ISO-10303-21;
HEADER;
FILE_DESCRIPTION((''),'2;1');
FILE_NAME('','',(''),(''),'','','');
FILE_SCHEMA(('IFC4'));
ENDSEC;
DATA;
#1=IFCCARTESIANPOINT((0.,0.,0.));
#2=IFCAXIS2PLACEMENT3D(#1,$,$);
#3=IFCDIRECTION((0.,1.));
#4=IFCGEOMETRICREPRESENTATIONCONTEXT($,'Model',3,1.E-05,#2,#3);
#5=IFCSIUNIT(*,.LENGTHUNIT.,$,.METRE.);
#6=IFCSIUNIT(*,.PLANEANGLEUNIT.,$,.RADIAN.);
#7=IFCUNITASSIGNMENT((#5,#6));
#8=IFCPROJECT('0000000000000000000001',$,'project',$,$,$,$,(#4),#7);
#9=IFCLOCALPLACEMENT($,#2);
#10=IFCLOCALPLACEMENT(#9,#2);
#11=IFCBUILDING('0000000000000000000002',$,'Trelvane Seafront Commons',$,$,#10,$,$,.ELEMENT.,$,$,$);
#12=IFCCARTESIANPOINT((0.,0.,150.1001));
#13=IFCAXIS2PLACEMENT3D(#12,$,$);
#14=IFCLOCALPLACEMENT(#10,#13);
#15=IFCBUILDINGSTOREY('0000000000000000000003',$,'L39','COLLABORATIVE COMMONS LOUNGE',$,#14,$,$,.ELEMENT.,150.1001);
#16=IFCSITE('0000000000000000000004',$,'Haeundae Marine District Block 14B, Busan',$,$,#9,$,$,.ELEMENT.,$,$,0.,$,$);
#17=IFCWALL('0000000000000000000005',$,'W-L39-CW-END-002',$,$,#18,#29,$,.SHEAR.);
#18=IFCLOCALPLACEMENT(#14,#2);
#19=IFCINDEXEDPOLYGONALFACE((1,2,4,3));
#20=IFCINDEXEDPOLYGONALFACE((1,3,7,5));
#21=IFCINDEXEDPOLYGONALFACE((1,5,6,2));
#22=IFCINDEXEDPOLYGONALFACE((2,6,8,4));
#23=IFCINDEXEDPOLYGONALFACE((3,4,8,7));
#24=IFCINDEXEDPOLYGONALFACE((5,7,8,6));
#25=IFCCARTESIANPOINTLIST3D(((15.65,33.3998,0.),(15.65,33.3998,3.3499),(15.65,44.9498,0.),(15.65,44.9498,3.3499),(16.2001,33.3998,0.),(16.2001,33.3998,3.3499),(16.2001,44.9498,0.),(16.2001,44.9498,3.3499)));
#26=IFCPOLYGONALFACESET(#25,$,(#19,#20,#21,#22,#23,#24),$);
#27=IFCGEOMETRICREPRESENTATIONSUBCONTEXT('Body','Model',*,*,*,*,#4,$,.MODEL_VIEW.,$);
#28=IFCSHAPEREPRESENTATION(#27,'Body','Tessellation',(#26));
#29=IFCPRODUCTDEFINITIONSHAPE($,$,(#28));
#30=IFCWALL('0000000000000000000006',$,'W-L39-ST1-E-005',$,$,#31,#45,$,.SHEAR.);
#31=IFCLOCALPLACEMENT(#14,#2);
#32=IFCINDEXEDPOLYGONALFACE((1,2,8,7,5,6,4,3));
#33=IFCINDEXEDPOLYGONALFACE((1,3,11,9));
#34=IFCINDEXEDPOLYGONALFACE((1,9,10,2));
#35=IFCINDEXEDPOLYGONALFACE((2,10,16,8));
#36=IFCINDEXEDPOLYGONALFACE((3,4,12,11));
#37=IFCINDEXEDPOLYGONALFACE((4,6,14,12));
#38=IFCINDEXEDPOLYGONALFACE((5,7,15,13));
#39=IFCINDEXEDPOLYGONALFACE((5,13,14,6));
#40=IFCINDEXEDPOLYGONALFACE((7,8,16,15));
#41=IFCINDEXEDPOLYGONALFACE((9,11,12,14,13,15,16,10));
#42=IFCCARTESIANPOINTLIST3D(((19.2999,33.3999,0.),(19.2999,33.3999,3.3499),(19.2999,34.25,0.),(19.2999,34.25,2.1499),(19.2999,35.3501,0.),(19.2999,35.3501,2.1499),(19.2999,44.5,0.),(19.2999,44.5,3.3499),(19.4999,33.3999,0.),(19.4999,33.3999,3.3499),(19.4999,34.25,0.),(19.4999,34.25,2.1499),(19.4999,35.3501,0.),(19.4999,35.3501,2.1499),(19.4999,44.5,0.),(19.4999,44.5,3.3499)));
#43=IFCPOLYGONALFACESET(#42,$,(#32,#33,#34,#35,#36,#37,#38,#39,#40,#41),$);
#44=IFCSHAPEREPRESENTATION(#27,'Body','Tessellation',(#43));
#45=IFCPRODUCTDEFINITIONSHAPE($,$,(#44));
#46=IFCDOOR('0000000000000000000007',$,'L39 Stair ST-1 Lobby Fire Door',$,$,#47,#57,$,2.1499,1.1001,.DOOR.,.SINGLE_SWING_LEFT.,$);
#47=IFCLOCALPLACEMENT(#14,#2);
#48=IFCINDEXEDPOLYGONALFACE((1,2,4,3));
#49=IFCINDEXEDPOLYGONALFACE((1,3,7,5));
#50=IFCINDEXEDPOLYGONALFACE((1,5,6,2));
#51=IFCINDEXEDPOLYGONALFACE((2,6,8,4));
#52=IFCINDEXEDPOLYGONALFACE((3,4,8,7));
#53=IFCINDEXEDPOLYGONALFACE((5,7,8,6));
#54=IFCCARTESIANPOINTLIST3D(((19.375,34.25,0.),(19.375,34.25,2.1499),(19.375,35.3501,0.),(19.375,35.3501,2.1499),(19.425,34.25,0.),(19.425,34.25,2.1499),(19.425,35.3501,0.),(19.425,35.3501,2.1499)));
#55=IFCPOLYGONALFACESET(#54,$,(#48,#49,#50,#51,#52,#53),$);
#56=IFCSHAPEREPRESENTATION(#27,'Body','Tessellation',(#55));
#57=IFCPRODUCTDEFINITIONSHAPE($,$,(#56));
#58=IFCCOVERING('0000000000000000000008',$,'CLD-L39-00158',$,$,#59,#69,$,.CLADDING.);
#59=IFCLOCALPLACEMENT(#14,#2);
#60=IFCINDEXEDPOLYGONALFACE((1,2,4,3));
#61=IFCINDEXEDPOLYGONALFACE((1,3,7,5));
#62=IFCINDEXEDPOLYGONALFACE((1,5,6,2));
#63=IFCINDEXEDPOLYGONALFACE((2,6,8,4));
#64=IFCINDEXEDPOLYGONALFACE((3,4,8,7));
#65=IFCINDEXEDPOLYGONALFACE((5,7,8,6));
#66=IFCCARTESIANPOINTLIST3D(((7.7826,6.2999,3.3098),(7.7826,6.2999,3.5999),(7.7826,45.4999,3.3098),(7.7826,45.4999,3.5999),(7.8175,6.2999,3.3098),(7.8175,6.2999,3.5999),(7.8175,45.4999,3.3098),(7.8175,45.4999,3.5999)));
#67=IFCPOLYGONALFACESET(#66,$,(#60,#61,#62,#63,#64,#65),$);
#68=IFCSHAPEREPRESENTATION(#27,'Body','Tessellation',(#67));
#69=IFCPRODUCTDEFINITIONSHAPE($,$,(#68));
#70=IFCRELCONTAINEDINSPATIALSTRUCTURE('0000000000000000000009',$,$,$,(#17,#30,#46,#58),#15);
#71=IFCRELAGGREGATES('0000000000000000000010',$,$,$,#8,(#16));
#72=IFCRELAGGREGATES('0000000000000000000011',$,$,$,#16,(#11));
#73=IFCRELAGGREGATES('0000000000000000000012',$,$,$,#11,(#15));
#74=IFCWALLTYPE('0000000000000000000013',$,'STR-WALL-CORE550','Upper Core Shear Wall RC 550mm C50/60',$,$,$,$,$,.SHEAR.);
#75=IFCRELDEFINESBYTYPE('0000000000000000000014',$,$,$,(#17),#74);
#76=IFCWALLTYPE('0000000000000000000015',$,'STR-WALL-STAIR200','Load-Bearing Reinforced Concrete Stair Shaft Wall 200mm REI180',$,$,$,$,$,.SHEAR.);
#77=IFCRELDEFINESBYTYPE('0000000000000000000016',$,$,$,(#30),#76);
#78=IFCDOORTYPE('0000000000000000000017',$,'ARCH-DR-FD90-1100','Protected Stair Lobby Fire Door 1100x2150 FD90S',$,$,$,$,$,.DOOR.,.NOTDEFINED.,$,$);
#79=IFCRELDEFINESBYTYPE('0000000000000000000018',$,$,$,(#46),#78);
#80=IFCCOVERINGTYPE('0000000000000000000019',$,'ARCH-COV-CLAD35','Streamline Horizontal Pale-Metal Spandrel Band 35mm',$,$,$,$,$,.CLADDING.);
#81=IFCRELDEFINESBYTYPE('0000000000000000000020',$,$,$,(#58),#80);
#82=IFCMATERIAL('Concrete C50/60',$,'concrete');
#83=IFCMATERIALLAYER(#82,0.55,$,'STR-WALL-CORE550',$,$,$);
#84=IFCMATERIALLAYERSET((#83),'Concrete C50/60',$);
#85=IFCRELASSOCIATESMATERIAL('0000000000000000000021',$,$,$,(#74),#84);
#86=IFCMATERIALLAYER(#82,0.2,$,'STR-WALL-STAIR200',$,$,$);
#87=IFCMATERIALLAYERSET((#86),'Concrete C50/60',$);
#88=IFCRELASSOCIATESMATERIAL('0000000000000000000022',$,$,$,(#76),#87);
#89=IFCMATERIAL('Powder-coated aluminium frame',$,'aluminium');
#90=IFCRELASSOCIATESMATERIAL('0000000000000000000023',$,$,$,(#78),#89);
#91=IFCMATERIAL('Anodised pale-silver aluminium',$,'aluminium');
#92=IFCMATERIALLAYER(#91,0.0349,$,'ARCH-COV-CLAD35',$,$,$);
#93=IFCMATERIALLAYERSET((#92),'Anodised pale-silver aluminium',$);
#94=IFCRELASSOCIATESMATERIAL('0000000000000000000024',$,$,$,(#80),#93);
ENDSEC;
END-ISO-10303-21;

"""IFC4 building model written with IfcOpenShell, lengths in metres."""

from ifc_helpers import new_model, si_unit, direction, frame, frame_2d, origin, origin_2d, place, context, subcontext, project, spatial, rectangle, extrude, source, transform, mapped, material, layer, layer_set, type_object, element, fill, save


model = new_model("IFC4")

# Units and contexts
model_context = context("Model", 3, precision=1e-05, world=origin(), true_north=direction((0.0, 1.0)))
body_context = subcontext(model_context, "Body", "Model", "MODEL_VIEW")
ifc_project = project(units=[si_unit("LENGTHUNIT", "METRE"), si_unit("PLANEANGLEUNIT", "RADIAN")], contexts=[model_context])

# Site, building, storey
site_placement = place(None, origin())
site = spatial("IfcSite", under=ifc_project, at=site_placement, Name="Haeundae Marine District Block 14B, Busan", CompositionType="ELEMENT", RefElevation=0.0)
building_placement = place(site_placement, origin())
building = spatial("IfcBuilding", under=site, at=building_placement, Name="Trelvane Seafront Commons", CompositionType="ELEMENT")
storey_placement = place(building_placement, frame((0.0, 0.0, 150.1001)))
storey = spatial("IfcBuildingStorey", under=building, at=storey_placement, Name="L39", Description="COLLABORATIVE COMMONS LOUNGE", CompositionType="ELEMENT", Elevation=150.1001)

# Shared definitions
ifc_material_1 = material(Name="Concrete C50/60", Category="concrete")

# Shared definitions
ifc_material_2 = material(Name="Powder-coated aluminium frame", Category="aluminium")

# Wall
ifc_layer_1 = layer(ifc_material_1, 0.55, Name="STR-WALL-CORE550")
ifc_layer_set_1 = layer_set([ifc_layer_1], Name="Concrete C50/60")
wall_type_1 = type_object("IfcWallType", Name="STR-WALL-CORE550", Description="Upper Core Shear Wall RC 550mm C50/60", PredefinedType="SHEAR", material=ifc_layer_set_1)
wall_1_placement = place(storey_placement, frame((15.925, 33.3999, 0.0), z_axis=(0.0, 0.0, 1.0), x_axis=(0.0, 1.0, 0.0)))
element("IfcWall", 1, at=wall_1_placement, inside=storey, type_object=wall_type_1, Name="W-L39-CW-END-002", PredefinedType="SHEAR", context=body_context, shape_type="SweptSolid", body=[
    extrude(rectangle(XDim=11.55, YDim=0.55, at=frame_2d((5.7749, 0.0))), origin(), (0.0, 0.0, 1.0), 3.3499),
])

# Wall, opening, door
ifc_layer_2 = layer(ifc_material_1, 0.2, Name="STR-WALL-STAIR200")
ifc_layer_set_2 = layer_set([ifc_layer_2], Name="Concrete C50/60")
wall_type_2 = type_object("IfcWallType", Name="STR-WALL-STAIR200", Description="Load-Bearing Reinforced Concrete Stair Shaft Wall 200mm REI180", PredefinedType="SHEAR", material=ifc_layer_set_2)
wall_2_placement = place(storey_placement, frame((19.3999, 33.3999, 0.0), z_axis=(0.0, 0.0, 1.0), x_axis=(0.0, 1.0, 0.0)))
wall_2 = element("IfcWall", 2, at=wall_2_placement, inside=storey, type_object=wall_type_2, Name="W-L39-ST1-E-005", PredefinedType="SHEAR", context=body_context, shape_type="SweptSolid", body=[
    extrude(rectangle(XDim=11.1001, YDim=0.2, at=frame_2d((5.55, 0.0))), origin(), (0.0, 0.0, 1.0), 3.3499),
])
opening_1_placement = place(wall_2_placement, frame((0.8501, 0.0, 0.0)))
opening_1 = element("IfcOpeningElement", 3, at=opening_1_placement, cuts=wall_2, PredefinedType="OPENING", context=body_context, shape_type="SweptSolid", body=[
    extrude(rectangle(XDim=1.1001, YDim=2.1499, at=frame_2d((0.55, 1.075))), frame((0.0, 0.1099, 0.0), z_axis=(0.0, -1.0, 0.0), x_axis=(1.0, 0.0, 0.0)), (0.0, 0.0, 1.0), 0.22),
])
door_type_1 = type_object("IfcDoorType", Name="ARCH-DR-FD90-1100", Description="Protected Stair Lobby Fire Door 1100x2150 FD90S", OperationType="NOTDEFINED", PredefinedType="DOOR", material=ifc_material_2)
shared_shape_1 = source(origin(), body_context, "Body", "SweptSolid", [
    extrude(rectangle(XDim=1.1001, YDim=2.1499, at=frame_2d((0.55, 1.075))), frame((0.0, 0.0249, 0.0), z_axis=(0.0, -1.0, 0.0), x_axis=(1.0, 0.0, 0.0)), (0.0, 0.0, 1.0), 0.05),
])
door_1_placement = place(opening_1_placement, origin())
door_1 = element("IfcDoor", 4, at=door_1_placement, inside=storey, type_object=door_type_1, Name="L39 Stair ST-1 Lobby Fire Door", OperationType="SINGLE_SWING_LEFT", OverallHeight=2.1499, OverallWidth=1.1001, PredefinedType="DOOR", context=body_context, shape_type="MappedRepresentation", body=[
    mapped(shared_shape_1, transform((0.0, 0.0, 0.0), x_axis=(1.0, 0.0, 0.0), y_axis=(0.0, 1.0, 0.0), z_axis=(0.0, 0.0, 1.0), scale=1.0)),
])
fill(opening_1, door_1)

# Covering
ifc_material_3 = material(Name="Anodised pale-silver aluminium", Category="aluminium")
ifc_layer_3 = layer(ifc_material_3, 0.0349, Name="ARCH-COV-CLAD35")
ifc_layer_set_3 = layer_set([ifc_layer_3], Name="Anodised pale-silver aluminium")
covering_type = type_object("IfcCoveringType", Name="ARCH-COV-CLAD35", Description="Streamline Horizontal Pale-Metal Spandrel Band 35mm", PredefinedType="CLADDING", material=ifc_layer_set_3)
shared_shape_2 = source(origin(), body_context, "Body", "SweptSolid", [
    extrude(rectangle(XDim=39.2, YDim=0.0349, at=origin_2d()), origin(), (0.0, 0.0, 1.0), 0.29),
])
covering_placement = place(storey_placement, frame((7.8, 25.8999, 3.3098), z_axis=(0.0, 0.0, 1.0), x_axis=(0.0, 1.0, 0.0)))
element("IfcCovering", 5, at=covering_placement, inside=storey, type_object=covering_type, Name="CLD-L39-00158", PredefinedType="CLADDING", context=body_context, shape_type="MappedRepresentation", body=[
    mapped(shared_shape_2, transform((0.0, 0.0, 0.0), x_axis=(1.0, 0.0, 0.0), y_axis=(0.0, 1.0, 0.0), z_axis=(0.0, 0.0, 1.0), scale=1.0)),
])

save(model, "model.ifc")
